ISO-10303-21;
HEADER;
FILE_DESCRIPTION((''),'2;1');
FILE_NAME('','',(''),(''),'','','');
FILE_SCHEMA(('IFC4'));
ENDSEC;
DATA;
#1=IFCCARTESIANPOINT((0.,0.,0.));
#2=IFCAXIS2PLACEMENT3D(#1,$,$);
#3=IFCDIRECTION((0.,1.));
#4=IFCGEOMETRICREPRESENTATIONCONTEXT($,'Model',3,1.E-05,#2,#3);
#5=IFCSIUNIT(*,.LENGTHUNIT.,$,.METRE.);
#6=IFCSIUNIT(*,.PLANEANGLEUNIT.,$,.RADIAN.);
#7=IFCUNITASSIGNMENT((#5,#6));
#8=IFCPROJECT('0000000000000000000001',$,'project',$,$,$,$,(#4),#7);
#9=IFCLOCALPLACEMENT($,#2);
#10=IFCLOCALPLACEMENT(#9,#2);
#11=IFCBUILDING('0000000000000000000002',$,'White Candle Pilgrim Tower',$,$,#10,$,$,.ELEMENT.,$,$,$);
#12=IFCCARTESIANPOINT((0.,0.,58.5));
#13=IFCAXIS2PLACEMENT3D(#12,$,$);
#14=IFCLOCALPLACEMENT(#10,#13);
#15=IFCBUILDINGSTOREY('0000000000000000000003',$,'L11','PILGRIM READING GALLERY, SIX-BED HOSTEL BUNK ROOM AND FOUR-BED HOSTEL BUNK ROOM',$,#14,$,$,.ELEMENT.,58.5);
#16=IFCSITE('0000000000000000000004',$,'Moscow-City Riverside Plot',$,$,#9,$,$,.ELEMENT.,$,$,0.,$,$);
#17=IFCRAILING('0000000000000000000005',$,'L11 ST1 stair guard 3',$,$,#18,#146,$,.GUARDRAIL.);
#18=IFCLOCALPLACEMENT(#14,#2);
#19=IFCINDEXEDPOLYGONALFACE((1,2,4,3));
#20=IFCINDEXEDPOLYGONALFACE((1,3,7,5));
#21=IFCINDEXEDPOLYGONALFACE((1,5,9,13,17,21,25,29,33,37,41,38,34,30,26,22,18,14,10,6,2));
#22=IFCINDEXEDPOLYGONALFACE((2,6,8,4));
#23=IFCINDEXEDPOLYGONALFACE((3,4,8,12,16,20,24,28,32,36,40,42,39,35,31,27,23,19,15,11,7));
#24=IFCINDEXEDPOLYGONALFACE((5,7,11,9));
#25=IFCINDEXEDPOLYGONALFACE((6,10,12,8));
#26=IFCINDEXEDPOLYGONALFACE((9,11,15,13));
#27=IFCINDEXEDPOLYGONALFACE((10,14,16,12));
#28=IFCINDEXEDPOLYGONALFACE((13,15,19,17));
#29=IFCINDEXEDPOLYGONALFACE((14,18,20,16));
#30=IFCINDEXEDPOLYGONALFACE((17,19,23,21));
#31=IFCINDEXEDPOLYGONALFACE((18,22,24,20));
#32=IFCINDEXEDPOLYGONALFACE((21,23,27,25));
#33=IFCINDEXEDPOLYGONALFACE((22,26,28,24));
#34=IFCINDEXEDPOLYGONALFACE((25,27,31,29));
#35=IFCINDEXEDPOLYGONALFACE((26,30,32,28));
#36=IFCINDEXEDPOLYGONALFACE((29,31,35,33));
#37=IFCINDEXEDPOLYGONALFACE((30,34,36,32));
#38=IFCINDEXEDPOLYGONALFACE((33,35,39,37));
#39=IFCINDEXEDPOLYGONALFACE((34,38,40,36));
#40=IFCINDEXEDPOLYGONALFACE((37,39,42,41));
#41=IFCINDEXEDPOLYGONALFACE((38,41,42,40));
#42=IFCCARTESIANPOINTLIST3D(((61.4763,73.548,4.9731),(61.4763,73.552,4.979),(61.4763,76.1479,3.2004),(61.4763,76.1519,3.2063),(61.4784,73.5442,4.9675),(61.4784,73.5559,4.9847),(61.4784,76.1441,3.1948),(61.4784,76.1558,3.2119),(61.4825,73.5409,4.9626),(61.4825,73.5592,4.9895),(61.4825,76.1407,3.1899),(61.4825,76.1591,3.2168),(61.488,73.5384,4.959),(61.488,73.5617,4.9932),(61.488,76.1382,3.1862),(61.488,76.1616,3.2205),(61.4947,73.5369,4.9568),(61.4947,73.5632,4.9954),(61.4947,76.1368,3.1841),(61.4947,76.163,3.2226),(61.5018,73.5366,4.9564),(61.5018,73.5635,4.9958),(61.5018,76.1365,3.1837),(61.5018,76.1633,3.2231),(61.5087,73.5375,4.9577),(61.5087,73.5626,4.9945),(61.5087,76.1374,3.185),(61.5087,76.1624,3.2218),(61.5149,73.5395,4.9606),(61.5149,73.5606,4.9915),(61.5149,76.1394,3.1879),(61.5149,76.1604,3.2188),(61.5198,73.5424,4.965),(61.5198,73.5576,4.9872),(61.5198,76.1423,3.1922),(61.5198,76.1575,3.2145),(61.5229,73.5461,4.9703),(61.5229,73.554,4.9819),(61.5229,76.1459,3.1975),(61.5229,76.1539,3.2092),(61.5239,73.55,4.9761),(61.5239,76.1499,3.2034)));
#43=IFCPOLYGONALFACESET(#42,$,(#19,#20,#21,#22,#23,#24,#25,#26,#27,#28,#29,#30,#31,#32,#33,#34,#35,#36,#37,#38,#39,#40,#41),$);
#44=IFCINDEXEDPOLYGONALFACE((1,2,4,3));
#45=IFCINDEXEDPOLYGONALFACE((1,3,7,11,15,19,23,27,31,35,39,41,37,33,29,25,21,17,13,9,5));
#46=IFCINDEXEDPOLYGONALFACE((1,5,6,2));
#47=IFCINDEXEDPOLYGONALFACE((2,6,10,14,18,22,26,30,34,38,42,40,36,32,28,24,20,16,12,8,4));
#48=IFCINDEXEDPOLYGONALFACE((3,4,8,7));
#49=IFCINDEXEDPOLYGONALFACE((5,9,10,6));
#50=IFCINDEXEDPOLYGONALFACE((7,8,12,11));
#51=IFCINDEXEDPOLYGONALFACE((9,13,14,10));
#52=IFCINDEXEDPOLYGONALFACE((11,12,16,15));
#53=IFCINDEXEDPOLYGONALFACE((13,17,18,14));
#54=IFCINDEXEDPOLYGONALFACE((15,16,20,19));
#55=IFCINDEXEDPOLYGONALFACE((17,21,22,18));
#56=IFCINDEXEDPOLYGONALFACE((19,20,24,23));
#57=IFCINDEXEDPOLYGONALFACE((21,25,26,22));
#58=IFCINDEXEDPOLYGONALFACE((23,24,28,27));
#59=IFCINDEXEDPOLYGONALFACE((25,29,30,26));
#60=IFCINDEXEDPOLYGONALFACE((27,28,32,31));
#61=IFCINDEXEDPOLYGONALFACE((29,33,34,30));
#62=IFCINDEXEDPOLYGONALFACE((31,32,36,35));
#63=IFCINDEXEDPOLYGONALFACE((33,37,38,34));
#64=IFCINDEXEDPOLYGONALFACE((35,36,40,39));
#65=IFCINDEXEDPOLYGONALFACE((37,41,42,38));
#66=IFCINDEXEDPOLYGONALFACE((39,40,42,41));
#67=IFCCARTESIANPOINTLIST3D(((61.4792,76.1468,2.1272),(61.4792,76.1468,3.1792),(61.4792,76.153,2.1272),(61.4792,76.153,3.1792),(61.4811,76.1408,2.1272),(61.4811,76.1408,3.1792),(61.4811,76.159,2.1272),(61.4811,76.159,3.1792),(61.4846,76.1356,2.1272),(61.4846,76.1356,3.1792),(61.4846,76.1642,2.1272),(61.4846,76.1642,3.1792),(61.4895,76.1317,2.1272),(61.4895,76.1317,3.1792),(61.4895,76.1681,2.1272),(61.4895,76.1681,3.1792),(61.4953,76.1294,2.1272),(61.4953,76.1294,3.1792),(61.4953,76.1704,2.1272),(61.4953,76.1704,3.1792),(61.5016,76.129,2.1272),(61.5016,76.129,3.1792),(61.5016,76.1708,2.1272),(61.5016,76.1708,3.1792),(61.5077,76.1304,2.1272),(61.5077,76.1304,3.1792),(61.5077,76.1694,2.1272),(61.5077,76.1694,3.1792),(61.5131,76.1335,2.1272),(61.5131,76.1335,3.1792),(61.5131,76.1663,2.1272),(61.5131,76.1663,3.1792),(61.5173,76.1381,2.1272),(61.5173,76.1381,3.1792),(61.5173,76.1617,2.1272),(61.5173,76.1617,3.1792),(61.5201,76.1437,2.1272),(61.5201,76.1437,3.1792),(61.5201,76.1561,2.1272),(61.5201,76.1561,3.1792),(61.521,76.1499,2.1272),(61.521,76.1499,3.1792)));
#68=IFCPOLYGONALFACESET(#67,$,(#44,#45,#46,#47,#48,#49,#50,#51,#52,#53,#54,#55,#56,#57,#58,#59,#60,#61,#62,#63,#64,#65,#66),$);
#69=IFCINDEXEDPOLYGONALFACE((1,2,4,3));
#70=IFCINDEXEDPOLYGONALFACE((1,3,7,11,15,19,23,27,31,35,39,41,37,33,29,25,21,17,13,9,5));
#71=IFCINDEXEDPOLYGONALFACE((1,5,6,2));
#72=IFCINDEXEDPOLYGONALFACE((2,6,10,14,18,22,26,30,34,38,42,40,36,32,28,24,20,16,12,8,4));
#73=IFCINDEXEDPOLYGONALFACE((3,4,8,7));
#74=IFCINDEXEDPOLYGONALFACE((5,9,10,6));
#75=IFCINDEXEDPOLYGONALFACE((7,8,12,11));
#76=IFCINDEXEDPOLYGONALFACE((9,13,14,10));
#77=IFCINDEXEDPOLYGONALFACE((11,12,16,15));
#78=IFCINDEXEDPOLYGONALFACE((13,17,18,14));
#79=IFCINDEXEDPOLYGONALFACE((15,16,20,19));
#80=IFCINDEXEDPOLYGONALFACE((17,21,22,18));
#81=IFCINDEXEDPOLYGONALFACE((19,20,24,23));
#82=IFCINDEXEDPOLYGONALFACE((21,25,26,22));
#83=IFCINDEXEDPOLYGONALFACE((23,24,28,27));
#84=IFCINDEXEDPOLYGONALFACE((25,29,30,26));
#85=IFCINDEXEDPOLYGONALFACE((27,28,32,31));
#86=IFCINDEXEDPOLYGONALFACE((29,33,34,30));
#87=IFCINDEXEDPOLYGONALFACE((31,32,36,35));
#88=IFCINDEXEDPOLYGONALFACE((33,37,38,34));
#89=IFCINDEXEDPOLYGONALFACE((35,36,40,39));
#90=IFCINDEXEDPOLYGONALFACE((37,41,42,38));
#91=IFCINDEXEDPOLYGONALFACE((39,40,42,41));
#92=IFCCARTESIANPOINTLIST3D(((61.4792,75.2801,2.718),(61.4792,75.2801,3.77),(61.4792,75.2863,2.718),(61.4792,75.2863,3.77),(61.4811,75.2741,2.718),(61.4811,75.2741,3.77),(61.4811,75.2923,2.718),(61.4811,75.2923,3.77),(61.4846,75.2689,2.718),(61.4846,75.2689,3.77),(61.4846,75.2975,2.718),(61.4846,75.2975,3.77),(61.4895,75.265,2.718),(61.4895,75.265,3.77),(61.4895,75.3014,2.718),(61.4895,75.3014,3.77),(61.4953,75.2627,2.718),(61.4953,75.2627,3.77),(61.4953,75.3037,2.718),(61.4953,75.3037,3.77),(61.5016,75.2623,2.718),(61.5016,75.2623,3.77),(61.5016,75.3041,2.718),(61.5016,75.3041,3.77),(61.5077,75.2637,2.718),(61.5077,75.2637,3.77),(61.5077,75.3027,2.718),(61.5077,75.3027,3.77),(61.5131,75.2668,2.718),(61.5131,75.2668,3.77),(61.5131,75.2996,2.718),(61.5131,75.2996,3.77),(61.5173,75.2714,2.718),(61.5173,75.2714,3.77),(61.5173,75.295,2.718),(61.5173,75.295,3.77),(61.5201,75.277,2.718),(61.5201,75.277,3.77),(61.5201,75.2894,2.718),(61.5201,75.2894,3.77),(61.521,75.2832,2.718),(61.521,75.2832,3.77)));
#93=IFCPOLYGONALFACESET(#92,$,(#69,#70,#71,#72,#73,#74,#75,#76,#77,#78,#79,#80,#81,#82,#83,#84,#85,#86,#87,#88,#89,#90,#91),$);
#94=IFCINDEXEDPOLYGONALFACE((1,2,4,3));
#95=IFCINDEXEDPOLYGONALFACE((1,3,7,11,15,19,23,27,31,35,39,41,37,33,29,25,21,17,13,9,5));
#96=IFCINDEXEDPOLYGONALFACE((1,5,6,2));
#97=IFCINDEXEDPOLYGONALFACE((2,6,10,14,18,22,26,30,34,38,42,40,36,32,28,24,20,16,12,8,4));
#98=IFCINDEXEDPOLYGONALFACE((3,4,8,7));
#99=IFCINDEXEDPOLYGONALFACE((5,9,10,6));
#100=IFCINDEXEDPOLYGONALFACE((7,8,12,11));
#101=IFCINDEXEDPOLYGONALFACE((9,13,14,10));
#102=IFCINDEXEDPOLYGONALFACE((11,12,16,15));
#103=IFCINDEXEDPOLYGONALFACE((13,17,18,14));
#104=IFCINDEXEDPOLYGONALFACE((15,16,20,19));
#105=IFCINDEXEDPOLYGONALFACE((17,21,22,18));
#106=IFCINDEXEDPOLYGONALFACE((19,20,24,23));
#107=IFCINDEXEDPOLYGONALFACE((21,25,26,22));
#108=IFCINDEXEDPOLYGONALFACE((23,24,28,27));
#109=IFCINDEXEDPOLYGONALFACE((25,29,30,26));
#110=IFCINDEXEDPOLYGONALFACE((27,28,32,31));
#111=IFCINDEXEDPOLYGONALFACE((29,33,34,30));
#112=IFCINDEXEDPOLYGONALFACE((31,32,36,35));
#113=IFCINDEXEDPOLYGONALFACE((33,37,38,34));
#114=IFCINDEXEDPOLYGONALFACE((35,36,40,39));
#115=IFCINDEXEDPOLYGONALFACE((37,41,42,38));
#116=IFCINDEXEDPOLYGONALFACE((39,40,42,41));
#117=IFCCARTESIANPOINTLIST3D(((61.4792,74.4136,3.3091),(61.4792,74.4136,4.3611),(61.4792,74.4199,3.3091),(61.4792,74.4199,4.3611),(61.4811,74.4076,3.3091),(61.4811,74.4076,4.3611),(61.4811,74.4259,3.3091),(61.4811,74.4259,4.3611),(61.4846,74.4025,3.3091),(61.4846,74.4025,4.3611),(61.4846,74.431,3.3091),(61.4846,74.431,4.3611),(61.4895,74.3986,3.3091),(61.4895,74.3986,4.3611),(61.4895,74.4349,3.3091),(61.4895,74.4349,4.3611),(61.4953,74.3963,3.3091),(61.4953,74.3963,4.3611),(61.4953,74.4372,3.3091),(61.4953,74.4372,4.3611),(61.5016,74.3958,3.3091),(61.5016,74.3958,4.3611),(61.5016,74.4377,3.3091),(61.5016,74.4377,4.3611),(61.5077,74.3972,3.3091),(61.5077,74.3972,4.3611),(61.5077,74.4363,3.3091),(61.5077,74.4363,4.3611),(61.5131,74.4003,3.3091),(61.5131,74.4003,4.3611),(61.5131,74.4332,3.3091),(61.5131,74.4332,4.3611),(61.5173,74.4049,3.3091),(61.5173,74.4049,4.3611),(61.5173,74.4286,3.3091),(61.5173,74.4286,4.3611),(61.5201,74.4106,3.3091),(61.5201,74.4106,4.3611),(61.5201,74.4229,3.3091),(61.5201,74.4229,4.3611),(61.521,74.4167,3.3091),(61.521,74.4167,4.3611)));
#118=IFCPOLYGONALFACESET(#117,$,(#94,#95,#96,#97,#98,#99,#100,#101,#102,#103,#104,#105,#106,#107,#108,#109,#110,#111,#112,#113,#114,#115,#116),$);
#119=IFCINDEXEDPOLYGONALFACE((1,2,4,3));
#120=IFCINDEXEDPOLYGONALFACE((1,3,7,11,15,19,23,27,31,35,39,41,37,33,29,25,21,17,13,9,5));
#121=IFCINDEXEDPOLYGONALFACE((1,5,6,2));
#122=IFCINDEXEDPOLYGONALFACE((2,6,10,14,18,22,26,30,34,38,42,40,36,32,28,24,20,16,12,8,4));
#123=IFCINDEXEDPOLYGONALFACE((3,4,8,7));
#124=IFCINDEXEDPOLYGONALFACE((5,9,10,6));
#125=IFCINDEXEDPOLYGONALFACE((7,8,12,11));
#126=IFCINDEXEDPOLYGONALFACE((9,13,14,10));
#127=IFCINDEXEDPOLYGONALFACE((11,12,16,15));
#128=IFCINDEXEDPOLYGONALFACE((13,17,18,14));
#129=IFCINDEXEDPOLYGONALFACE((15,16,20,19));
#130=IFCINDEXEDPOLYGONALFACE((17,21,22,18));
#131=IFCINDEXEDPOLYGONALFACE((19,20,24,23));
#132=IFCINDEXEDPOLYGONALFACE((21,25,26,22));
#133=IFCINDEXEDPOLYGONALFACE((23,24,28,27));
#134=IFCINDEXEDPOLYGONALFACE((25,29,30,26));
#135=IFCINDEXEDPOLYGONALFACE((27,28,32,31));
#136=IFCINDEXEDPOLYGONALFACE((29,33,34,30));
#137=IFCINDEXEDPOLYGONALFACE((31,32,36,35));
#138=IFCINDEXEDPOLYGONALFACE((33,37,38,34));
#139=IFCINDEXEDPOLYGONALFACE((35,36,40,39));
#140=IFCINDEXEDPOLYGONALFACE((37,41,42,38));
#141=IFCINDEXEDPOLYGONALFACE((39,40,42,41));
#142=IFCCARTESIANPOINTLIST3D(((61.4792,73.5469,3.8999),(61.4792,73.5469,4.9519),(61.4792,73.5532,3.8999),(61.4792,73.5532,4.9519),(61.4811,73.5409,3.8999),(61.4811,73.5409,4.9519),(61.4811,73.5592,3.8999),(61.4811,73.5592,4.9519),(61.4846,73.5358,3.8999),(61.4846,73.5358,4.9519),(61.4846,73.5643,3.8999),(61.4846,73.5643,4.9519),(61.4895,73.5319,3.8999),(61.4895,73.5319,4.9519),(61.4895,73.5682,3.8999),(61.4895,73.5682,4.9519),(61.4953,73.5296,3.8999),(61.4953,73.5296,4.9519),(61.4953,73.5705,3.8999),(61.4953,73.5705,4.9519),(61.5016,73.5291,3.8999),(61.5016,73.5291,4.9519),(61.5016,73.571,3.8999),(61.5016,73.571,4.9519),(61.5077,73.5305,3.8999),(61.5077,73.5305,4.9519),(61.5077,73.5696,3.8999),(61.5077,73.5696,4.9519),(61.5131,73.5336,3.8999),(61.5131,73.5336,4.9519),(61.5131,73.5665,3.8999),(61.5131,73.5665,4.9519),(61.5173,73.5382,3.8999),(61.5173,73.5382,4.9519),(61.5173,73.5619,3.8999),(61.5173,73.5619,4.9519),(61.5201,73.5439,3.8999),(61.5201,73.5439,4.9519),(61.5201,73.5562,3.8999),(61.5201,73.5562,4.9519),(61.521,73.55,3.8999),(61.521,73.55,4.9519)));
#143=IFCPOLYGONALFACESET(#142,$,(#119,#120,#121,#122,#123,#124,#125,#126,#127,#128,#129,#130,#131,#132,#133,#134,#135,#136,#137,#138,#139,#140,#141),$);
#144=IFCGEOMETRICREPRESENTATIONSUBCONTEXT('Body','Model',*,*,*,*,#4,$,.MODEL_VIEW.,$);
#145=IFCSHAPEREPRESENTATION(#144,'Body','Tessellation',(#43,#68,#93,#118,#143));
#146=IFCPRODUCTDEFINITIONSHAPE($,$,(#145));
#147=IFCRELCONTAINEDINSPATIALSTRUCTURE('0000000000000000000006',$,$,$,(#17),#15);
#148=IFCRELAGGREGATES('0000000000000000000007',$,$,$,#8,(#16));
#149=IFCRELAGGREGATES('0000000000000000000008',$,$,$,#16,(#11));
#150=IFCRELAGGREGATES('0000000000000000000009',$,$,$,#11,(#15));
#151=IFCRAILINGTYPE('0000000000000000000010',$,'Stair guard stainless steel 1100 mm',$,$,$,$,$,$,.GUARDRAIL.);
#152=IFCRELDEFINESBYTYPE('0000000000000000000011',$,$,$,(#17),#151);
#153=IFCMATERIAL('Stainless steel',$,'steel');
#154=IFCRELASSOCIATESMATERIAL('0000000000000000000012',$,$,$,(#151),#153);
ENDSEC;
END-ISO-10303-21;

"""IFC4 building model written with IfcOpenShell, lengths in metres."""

from ifc_helpers import new_model, si_unit, direction, frame, origin, origin_2d, place, context, subcontext, project, spatial, circle, extrude, material, type_object, element, save


model = new_model("IFC4")

# Units and contexts
model_context = context("Model", 3, precision=1e-05, world=origin(), true_north=direction((0.0, 1.0)))
body_context = subcontext(model_context, "Body", "Model", "MODEL_VIEW")
ifc_project = project(units=[si_unit("LENGTHUNIT", "METRE"), si_unit("PLANEANGLEUNIT", "RADIAN")], contexts=[model_context])

# Site, building, storey
site_placement = place(None, origin())
site = spatial("IfcSite", under=ifc_project, at=site_placement, Name="Moscow-City Riverside Plot", CompositionType="ELEMENT", RefElevation=0.0)
building_placement = place(site_placement, origin())
building = spatial("IfcBuilding", under=site, at=building_placement, Name="White Candle Pilgrim Tower", CompositionType="ELEMENT")
storey_placement = place(building_placement, frame((0.0, 0.0, 58.5)))
storey = spatial("IfcBuildingStorey", under=building, at=storey_placement, Name="L11", Description="PILGRIM READING GALLERY, SIX-BED HOSTEL BUNK ROOM AND FOUR-BED HOSTEL BUNK ROOM", CompositionType="ELEMENT", Elevation=58.5)

# Railing
ifc_material_1 = material(Name="Stainless steel", Category="steel")
railing_type_1 = type_object("IfcRailingType", Name="Stair guard stainless steel 1100 mm", PredefinedType="GUARDRAIL", material=ifc_material_1)
railing_1_placement = place(storey_placement, frame((61.5, 76.1499, 2.1272)))
element("IfcRailing", 1, at=railing_1_placement, inside=storey, type_object=railing_type_1, Name="L11 ST1 stair guard 3", PredefinedType="GUARDRAIL", context=body_context, shape_type="SweptSolid", body=[
    extrude(circle(Radius=0.0239, at=origin_2d()), frame((0.0, 0.0, 1.0762), z_axis=(0.0, -0.826216, 0.563354), x_axis=(1.0, 0.0, 0.0)), (0.0, 0.0, 1.0), 3.1467),
    extrude(circle(Radius=0.021, at=origin_2d()), origin(), (0.0, 0.0, 1.0), 1.052),
    extrude(circle(Radius=0.021, at=origin_2d()), frame((0.0, -0.8667, 0.5908)), (0.0, 0.0, 1.0), 1.052),
    extrude(circle(Radius=0.021, at=origin_2d()), frame((0.0, -1.7332, 1.1819)), (0.0, 0.0, 1.0), 1.052),
    extrude(circle(Radius=0.021, at=origin_2d()), frame((0.0, -2.5999, 1.7727)), (0.0, 0.0, 1.0), 1.052),
])

save(model, "model.ifc")
